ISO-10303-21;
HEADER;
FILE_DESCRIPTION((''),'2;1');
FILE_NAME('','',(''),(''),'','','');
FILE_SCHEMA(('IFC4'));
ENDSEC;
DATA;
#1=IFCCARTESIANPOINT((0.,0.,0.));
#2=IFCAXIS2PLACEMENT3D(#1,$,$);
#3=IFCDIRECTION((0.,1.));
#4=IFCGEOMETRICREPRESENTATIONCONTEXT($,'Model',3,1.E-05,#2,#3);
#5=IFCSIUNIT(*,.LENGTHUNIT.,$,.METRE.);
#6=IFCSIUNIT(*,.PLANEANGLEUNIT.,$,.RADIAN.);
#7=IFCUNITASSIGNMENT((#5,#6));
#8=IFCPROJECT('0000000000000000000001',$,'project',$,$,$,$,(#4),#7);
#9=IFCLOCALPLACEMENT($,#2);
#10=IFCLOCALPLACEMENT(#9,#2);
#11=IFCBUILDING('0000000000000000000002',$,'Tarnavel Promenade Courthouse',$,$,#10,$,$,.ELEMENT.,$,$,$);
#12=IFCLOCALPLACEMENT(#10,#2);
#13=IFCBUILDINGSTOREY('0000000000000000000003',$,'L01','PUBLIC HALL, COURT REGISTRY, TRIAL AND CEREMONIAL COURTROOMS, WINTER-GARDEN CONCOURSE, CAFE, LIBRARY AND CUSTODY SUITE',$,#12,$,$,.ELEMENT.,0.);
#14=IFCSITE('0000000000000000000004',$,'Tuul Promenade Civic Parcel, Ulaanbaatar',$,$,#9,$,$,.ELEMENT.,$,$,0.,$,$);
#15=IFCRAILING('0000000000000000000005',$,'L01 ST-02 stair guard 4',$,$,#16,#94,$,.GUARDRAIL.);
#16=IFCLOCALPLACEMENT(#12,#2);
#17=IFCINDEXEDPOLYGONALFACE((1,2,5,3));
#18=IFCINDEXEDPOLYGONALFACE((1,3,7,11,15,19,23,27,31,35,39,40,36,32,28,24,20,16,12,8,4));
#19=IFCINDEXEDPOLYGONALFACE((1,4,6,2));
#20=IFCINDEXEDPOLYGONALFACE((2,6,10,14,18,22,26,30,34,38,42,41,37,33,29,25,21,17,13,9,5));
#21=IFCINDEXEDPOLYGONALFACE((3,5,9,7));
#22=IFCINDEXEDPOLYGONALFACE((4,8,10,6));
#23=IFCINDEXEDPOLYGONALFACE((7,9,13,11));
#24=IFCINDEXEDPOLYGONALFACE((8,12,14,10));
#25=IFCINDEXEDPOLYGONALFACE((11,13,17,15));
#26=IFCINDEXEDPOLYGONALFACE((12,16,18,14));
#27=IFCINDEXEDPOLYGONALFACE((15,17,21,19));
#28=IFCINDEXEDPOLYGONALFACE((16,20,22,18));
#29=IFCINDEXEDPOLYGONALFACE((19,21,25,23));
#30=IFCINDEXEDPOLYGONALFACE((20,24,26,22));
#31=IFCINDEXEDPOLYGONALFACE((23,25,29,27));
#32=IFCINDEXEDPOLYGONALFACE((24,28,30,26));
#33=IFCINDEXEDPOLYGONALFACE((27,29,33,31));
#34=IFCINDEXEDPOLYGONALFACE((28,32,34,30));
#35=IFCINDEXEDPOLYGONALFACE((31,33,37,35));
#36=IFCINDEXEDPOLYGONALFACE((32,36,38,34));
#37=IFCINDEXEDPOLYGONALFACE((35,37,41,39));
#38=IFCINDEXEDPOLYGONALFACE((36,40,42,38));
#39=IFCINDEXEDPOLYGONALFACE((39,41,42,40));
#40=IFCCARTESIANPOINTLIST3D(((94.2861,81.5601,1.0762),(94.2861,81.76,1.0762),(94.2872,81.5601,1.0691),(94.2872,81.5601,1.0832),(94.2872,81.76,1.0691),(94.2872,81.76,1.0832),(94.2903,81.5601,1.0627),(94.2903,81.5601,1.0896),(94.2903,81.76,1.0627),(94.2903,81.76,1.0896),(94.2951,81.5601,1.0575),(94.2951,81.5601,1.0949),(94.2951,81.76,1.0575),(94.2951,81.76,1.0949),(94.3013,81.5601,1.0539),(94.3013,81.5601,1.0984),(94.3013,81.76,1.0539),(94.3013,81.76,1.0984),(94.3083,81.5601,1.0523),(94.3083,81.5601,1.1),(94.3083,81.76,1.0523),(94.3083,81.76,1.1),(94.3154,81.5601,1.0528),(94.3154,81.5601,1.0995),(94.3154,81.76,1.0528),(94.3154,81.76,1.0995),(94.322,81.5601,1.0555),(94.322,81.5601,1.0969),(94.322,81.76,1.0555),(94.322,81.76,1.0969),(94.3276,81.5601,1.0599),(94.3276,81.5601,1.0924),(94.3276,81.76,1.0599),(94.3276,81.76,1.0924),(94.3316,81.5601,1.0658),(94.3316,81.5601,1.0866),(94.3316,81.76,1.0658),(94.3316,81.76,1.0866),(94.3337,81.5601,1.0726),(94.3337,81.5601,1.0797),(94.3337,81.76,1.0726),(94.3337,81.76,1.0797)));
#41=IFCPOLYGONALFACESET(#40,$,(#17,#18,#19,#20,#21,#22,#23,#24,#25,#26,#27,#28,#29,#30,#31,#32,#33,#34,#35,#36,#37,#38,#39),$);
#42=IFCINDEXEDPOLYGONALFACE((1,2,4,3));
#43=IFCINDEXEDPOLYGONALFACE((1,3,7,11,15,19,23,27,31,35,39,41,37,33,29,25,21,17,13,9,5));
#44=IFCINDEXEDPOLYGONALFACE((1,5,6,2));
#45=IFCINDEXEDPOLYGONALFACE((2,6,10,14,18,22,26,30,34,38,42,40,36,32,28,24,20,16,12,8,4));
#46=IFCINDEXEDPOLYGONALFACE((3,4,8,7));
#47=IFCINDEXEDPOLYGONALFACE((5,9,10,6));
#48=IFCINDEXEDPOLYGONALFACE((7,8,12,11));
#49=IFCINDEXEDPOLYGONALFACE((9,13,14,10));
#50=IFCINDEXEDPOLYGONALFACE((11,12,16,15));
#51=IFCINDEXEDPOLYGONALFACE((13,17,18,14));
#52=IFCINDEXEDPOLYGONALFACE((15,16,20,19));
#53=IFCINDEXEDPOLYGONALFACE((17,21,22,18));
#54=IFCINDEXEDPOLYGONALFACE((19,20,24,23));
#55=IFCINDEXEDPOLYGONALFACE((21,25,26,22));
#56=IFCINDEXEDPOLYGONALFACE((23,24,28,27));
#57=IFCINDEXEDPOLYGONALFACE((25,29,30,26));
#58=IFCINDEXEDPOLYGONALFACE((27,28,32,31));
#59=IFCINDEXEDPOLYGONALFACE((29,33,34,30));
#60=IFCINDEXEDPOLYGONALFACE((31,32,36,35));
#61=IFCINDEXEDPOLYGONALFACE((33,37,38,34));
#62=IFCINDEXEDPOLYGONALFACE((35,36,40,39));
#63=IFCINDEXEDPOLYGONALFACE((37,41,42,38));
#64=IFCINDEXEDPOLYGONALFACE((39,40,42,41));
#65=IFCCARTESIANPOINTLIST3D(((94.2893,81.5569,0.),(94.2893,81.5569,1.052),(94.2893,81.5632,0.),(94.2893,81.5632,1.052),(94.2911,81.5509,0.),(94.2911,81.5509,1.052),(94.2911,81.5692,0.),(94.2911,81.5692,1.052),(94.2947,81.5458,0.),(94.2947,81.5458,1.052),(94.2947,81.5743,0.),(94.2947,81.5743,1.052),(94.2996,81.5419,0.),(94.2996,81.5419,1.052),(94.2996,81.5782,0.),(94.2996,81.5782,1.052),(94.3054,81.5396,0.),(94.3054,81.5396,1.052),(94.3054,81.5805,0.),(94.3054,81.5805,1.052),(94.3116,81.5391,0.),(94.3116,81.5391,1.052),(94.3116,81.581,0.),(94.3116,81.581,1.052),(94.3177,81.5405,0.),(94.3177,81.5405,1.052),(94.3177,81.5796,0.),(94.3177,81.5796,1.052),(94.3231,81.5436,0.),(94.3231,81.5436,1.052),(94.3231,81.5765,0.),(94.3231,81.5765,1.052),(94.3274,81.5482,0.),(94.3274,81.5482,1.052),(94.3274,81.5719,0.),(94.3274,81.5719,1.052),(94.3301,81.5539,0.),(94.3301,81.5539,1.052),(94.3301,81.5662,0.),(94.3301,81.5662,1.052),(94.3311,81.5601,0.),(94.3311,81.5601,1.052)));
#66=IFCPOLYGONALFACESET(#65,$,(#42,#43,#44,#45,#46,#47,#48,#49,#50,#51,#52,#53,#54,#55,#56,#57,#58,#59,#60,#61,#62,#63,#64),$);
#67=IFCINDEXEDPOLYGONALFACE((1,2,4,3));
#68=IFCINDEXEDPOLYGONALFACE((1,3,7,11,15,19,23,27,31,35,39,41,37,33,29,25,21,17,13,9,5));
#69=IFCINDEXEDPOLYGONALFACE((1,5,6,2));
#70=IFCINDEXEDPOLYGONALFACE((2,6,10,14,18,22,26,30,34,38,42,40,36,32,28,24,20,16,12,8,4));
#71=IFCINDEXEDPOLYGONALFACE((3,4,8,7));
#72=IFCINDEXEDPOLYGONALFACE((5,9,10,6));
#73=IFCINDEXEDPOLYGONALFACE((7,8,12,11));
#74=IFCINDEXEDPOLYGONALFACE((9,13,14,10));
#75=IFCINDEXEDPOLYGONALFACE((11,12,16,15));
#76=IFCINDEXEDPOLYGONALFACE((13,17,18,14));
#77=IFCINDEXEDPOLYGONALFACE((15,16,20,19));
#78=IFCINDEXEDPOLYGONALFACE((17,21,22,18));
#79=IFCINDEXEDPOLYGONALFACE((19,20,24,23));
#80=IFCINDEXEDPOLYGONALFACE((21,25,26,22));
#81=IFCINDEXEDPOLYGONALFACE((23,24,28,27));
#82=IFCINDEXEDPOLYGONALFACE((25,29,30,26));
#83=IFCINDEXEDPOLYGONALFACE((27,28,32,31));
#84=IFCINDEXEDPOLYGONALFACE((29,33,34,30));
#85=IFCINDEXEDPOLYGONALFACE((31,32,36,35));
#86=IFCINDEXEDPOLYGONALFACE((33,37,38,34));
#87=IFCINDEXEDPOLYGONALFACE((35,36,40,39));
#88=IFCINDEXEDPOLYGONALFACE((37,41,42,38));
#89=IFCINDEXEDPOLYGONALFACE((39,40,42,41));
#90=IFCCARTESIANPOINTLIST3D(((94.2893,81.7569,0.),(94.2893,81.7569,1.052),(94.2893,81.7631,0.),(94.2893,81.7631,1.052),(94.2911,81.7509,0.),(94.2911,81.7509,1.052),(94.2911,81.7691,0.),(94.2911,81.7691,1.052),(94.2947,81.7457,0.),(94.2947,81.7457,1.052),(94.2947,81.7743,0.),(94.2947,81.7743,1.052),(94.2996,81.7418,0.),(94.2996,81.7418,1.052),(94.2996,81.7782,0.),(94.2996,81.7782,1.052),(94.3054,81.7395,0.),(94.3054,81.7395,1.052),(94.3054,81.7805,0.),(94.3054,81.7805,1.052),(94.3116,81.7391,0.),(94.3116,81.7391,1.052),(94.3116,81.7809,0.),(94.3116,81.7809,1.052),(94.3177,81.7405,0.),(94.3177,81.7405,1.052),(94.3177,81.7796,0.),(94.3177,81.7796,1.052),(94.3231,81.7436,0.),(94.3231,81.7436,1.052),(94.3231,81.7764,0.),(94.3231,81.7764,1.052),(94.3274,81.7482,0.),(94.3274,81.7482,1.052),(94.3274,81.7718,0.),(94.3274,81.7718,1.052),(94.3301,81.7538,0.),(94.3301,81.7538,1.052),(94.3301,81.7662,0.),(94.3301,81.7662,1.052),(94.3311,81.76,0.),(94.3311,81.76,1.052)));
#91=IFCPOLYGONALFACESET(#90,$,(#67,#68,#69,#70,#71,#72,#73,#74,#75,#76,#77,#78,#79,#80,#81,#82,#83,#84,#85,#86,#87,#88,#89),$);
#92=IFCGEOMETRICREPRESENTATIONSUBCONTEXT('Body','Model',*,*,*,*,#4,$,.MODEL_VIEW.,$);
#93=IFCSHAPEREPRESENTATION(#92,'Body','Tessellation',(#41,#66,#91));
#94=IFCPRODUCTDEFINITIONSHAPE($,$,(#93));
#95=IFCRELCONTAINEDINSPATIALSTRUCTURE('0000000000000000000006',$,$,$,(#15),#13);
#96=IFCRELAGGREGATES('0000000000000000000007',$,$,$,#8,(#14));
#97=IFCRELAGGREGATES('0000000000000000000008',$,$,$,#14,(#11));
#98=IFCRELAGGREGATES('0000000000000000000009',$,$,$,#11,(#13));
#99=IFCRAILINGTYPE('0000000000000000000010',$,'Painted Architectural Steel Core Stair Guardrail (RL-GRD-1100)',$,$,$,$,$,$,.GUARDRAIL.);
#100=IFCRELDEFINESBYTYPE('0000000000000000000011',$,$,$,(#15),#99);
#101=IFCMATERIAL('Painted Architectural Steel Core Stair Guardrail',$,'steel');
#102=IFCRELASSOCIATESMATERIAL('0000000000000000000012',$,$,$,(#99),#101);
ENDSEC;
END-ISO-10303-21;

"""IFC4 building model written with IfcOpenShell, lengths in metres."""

from ifc_helpers import new_model, si_unit, direction, frame, origin, origin_2d, place, context, subcontext, project, spatial, circle, extrude, material, type_object, element, save


model = new_model("IFC4")

# Units and contexts
model_context = context("Model", 3, precision=1e-05, world=origin(), true_north=direction((0.0, 1.0)))
body_context = subcontext(model_context, "Body", "Model", "MODEL_VIEW")
ifc_project = project(units=[si_unit("LENGTHUNIT", "METRE"), si_unit("PLANEANGLEUNIT", "RADIAN")], contexts=[model_context])

# Site, building, storey
site_placement = place(None, origin())
site = spatial("IfcSite", under=ifc_project, at=site_placement, Name="Tuul Promenade Civic Parcel, Ulaanbaatar", CompositionType="ELEMENT", RefElevation=0.0)
building_placement = place(site_placement, origin())
building = spatial("IfcBuilding", under=site, at=building_placement, Name="Tarnavel Promenade Courthouse", CompositionType="ELEMENT")
storey_placement = place(building_placement, origin())
storey = spatial("IfcBuildingStorey", under=building, at=storey_placement, Name="L01", Description="PUBLIC HALL, COURT REGISTRY, TRIAL AND CEREMONIAL COURTROOMS, WINTER-GARDEN CONCOURSE, CAFE, LIBRARY AND CUSTODY SUITE", CompositionType="ELEMENT", Elevation=0.0)

# Railing
ifc_material_1 = material(Name="Painted Architectural Steel Core Stair Guardrail", Category="steel")
railing_type = type_object("IfcRailingType", Name="Painted Architectural Steel Core Stair Guardrail (RL-GRD-1100)", PredefinedType="GUARDRAIL", material=ifc_material_1)
railing_1_placement = place(storey_placement, frame((94.3101, 81.5601, 0.0)))
element("IfcRailing", 1, at=railing_1_placement, inside=storey, type_object=railing_type, Name="L01 ST-02 stair guard 4", PredefinedType="GUARDRAIL", context=body_context, shape_type="SweptSolid", body=[
    extrude(circle(Radius=0.0239, at=origin_2d()), frame((0.0, 0.0, 1.0762), z_axis=(0.0, 1.0, 0.0), x_axis=(-1.0, 0.0, 0.0)), (0.0, 0.0, 1.0), 0.2),
    extrude(circle(Radius=0.021, at=origin_2d()), origin(), (0.0, 0.0, 1.0), 1.052),
    extrude(circle(Radius=0.021, at=origin_2d()), frame((0.0, 0.2, 0.0)), (0.0, 0.0, 1.0), 1.052),
])

save(model, "model.ifc")
